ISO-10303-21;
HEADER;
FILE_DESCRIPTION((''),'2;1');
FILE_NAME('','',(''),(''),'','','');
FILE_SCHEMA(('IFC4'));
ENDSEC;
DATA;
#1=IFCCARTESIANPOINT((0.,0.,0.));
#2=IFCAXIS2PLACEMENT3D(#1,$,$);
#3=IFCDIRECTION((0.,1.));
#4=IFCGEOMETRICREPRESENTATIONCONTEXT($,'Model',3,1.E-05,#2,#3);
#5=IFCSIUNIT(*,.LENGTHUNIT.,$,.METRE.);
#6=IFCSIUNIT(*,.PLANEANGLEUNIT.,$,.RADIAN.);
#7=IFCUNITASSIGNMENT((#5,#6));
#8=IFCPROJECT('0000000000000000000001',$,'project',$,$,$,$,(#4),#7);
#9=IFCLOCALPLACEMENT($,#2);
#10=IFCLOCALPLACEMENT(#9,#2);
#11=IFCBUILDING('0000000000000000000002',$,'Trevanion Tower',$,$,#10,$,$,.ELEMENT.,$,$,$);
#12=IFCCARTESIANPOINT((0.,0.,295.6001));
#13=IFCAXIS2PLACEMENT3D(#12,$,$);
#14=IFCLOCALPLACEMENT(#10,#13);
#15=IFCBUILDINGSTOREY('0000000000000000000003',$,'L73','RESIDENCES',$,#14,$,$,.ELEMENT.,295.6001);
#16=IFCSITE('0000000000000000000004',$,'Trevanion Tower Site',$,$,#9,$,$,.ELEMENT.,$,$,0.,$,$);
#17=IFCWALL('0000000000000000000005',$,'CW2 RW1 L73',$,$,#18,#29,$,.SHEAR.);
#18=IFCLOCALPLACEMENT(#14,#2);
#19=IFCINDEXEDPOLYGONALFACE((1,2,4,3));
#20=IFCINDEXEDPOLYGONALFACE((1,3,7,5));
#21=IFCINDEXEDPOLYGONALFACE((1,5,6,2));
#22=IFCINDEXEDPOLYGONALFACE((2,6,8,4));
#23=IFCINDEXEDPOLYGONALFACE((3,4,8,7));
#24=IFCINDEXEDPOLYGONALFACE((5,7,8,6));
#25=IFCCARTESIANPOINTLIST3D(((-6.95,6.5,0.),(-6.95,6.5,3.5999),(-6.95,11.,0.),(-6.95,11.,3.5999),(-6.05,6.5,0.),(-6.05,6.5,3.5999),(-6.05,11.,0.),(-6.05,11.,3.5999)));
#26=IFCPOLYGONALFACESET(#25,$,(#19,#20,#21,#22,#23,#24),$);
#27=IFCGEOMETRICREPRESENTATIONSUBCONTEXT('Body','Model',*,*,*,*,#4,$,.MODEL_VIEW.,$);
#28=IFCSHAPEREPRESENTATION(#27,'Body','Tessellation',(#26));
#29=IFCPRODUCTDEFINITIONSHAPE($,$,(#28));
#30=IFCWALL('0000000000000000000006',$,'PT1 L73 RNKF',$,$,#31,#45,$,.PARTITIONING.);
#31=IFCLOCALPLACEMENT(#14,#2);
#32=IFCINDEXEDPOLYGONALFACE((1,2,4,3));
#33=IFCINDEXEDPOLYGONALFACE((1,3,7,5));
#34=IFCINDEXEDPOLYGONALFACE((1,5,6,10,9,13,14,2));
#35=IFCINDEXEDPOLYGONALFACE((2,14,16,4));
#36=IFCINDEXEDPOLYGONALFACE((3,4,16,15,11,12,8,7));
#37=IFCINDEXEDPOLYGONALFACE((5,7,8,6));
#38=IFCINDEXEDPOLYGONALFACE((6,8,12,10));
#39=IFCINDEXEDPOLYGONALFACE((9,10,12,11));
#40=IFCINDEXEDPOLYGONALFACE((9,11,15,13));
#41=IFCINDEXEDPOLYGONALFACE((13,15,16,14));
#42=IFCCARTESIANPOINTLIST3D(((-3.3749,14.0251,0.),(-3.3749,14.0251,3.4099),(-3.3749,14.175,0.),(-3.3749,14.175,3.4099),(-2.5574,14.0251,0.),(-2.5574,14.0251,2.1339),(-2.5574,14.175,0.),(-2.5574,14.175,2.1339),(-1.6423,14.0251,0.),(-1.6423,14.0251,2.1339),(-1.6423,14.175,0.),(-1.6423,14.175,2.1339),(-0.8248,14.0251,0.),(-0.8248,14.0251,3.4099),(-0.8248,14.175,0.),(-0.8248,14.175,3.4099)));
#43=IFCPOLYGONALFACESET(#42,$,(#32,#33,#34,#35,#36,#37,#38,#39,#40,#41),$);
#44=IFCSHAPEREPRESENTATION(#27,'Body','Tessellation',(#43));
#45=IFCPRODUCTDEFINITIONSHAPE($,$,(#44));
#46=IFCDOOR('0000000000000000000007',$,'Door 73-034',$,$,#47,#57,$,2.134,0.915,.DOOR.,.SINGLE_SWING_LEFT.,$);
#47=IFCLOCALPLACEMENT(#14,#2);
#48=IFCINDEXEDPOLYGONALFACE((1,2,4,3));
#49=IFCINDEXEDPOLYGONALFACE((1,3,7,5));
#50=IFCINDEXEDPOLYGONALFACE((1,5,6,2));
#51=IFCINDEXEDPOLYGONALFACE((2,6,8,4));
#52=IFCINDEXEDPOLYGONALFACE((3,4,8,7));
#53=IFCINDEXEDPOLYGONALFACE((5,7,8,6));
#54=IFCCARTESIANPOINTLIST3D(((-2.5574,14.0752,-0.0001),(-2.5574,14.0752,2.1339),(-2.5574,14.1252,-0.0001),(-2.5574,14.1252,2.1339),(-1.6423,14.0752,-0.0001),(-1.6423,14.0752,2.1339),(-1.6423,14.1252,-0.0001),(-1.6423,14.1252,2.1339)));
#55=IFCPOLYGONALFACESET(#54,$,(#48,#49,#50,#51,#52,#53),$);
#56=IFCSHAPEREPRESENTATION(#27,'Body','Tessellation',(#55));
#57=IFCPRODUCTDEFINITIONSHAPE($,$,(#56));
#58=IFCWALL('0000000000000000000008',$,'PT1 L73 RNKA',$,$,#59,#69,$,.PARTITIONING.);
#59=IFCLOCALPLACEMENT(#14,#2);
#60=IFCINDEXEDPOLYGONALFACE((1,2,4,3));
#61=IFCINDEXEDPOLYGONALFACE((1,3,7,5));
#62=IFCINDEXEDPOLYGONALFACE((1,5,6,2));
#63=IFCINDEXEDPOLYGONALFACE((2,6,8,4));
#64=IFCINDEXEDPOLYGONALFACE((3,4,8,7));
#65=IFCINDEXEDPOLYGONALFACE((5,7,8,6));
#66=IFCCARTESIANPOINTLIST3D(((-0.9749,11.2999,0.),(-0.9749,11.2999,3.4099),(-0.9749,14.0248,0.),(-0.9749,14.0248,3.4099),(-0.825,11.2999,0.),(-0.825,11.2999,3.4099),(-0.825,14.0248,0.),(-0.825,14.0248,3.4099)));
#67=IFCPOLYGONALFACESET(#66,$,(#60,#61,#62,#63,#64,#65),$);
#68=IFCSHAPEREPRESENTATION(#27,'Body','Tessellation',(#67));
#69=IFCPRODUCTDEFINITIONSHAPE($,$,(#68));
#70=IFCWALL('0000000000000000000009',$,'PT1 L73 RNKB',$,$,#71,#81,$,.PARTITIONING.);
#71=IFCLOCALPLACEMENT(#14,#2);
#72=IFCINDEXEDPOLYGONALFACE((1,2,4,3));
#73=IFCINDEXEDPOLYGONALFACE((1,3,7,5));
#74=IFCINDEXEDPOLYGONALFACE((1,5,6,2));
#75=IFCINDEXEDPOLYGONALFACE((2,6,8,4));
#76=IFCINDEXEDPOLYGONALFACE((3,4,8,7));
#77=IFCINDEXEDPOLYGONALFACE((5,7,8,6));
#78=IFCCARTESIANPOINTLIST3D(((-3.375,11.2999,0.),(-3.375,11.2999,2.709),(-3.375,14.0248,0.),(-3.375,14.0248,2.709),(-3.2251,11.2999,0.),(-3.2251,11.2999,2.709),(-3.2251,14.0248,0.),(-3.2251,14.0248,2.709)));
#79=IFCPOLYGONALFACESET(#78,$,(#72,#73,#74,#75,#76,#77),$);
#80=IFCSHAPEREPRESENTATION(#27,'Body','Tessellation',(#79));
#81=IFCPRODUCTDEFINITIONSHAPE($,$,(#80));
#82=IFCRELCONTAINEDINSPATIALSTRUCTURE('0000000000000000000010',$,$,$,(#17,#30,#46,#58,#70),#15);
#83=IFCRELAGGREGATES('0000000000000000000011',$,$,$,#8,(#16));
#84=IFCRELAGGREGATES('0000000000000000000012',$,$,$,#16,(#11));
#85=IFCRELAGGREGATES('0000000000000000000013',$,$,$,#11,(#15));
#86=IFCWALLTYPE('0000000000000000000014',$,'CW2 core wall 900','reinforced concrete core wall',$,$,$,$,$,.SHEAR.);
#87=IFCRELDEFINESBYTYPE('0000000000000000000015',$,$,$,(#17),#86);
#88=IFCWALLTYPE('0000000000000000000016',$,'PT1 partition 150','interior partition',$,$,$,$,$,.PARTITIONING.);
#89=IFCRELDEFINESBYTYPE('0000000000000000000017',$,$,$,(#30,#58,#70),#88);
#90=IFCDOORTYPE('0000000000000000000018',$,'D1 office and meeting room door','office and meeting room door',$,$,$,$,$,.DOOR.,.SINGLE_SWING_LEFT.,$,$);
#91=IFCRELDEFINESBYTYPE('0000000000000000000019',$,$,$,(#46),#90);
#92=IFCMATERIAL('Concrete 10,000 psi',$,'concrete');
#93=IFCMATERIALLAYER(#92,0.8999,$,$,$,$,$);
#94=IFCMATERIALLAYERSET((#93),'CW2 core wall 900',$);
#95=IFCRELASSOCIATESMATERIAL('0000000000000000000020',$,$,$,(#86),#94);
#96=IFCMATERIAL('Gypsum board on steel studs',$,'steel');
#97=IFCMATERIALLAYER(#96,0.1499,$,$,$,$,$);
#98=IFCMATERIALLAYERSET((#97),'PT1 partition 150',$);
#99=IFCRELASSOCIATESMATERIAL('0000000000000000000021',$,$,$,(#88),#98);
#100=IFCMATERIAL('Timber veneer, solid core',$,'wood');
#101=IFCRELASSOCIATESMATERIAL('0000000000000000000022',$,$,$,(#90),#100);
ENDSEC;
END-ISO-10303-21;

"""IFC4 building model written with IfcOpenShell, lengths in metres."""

from ifc_helpers import new_model, si_unit, direction, frame, frame_2d, origin, place, context, subcontext, project, spatial, rectangle, extrude, material, layer, layer_set, type_object, element, fill, save


model = new_model("IFC4")

# Units and contexts
model_context = context("Model", 3, precision=1e-05, world=origin(), true_north=direction((0.0, 1.0)))
body_context = subcontext(model_context, "Body", "Model", "MODEL_VIEW")
ifc_project = project(units=[si_unit("LENGTHUNIT", "METRE"), si_unit("PLANEANGLEUNIT", "RADIAN")], contexts=[model_context])

# Site, building, storey
site_placement = place(None, origin())
site = spatial("IfcSite", under=ifc_project, at=site_placement, Name="Trevanion Tower Site", CompositionType="ELEMENT", RefElevation=0.0)
building_placement = place(site_placement, origin())
building = spatial("IfcBuilding", under=site, at=building_placement, Name="Trevanion Tower", CompositionType="ELEMENT")
storey_placement = place(building_placement, frame((0.0, 0.0, 295.6001)))
storey = spatial("IfcBuildingStorey", under=building, at=storey_placement, Name="L73", Description="RESIDENCES", CompositionType="ELEMENT", Elevation=295.6001)

# Wall
ifc_material_1 = material(Name="Concrete 10,000 psi", Category="concrete")
ifc_layer_1 = layer(ifc_material_1, 0.8999)
ifc_layer_set_1 = layer_set([ifc_layer_1], Name="CW2 core wall 900")
wall_type_1 = type_object("IfcWallType", Name="CW2 core wall 900", Description="reinforced concrete core wall", PredefinedType="SHEAR", material=ifc_layer_set_1)
wall_1_placement = place(storey_placement, frame((-6.5, 11.0, 0.0), z_axis=(0.0, 0.0, 1.0), x_axis=(0.0, -1.0, 0.0)))
element("IfcWall", 1, at=wall_1_placement, inside=storey, type_object=wall_type_1, Name="CW2 RW1 L73", PredefinedType="SHEAR", context=body_context, shape_type="SweptSolid", body=[
    extrude(rectangle(XDim=4.5, YDim=0.8999, at=frame_2d((2.25, 0.0))), origin(), (0.0, 0.0, 1.0), 3.5999),
])

# Wall, opening, door
ifc_material_2 = material(Name="Gypsum board on steel studs", Category="steel")
ifc_layer_2 = layer(ifc_material_2, 0.1499)
ifc_layer_set_2 = layer_set([ifc_layer_2], Name="PT1 partition 150")
wall_type_2 = type_object("IfcWallType", Name="PT1 partition 150", Description="interior partition", PredefinedType="PARTITIONING", material=ifc_layer_set_2)
wall_2_placement = place(storey_placement, frame((-0.825, 14.1001, 0.0), z_axis=(0.0, 0.0, 1.0), x_axis=(-1.0, 0.0, 0.0)))
wall_2 = element("IfcWall", 2, at=wall_2_placement, inside=storey, type_object=wall_type_2, Name="PT1 L73 RNKF", PredefinedType="PARTITIONING", context=body_context, shape_type="SweptSolid", body=[
    extrude(rectangle(XDim=2.55, YDim=0.1499, at=frame_2d((1.2749, 0.0))), origin(), (0.0, 0.0, 1.0), 3.4099),
])
opening_placement = place(wall_2_placement, frame((0.8174, 0.0, 0.0)))
opening = element("IfcOpeningElement", 3, at=opening_placement, cuts=wall_2, PredefinedType="OPENING", context=body_context, shape_type="SweptSolid", body=[
    extrude(rectangle(XDim=0.915, YDim=2.134, at=frame_2d((0.4575, 1.0669))), frame((0.0, 0.085, 0.0), z_axis=(0.0, -1.0, 0.0), x_axis=(1.0, 0.0, 0.0)), (0.0, 0.0, 1.0), 0.1699),
])
ifc_material_3 = material(Name="Timber veneer, solid core", Category="wood")
door_type = type_object("IfcDoorType", Name="D1 office and meeting room door", Description="office and meeting room door", OperationType="SINGLE_SWING_LEFT", PredefinedType="DOOR", material=ifc_material_3)
door_placement = place(opening_placement, origin())
door = element("IfcDoor", 4, at=door_placement, inside=storey, type_object=door_type, Name="Door 73-034", OperationType="SINGLE_SWING_LEFT", OverallHeight=2.134, OverallWidth=0.915, PredefinedType="DOOR", context=body_context, shape_type="SweptSolid", body=[
    extrude(rectangle(XDim=0.915, YDim=2.134, at=frame_2d((0.4575, 1.0669))), frame((0.0, 0.0249, 0.0), z_axis=(0.0, -1.0, 0.0), x_axis=(1.0, 0.0, 0.0)), (0.0, 0.0, 1.0), 0.05),
])
fill(opening, door)

# Walls
wall_3_placement = place(storey_placement, frame((-0.8999, 11.3, 0.0), z_axis=(0.0, 0.0, 1.0), x_axis=(0.0, 1.0, 0.0)))
element("IfcWall", 5, at=wall_3_placement, inside=storey, type_object=wall_type_2, Name="PT1 L73 RNKA", PredefinedType="PARTITIONING", context=body_context, shape_type="SweptSolid", body=[
    extrude(rectangle(XDim=2.7249, YDim=0.1499, at=frame_2d((1.3623, 0.0))), origin(), (0.0, 0.0, 1.0), 3.4099),
])
wall_4_placement = place(storey_placement, frame((-3.3, 11.3, 0.0), z_axis=(0.0, 0.0, 1.0), x_axis=(0.0, 1.0, 0.0)))
element("IfcWall", 6, at=wall_4_placement, inside=storey, type_object=wall_type_2, Name="PT1 L73 RNKB", PredefinedType="PARTITIONING", context=body_context, shape_type="SweptSolid", body=[
    extrude(rectangle(XDim=2.7249, YDim=0.1499, at=frame_2d((1.3623, 0.0))), origin(), (0.0, 0.0, 1.0), 2.709),
])

save(model, "model.ifc")
